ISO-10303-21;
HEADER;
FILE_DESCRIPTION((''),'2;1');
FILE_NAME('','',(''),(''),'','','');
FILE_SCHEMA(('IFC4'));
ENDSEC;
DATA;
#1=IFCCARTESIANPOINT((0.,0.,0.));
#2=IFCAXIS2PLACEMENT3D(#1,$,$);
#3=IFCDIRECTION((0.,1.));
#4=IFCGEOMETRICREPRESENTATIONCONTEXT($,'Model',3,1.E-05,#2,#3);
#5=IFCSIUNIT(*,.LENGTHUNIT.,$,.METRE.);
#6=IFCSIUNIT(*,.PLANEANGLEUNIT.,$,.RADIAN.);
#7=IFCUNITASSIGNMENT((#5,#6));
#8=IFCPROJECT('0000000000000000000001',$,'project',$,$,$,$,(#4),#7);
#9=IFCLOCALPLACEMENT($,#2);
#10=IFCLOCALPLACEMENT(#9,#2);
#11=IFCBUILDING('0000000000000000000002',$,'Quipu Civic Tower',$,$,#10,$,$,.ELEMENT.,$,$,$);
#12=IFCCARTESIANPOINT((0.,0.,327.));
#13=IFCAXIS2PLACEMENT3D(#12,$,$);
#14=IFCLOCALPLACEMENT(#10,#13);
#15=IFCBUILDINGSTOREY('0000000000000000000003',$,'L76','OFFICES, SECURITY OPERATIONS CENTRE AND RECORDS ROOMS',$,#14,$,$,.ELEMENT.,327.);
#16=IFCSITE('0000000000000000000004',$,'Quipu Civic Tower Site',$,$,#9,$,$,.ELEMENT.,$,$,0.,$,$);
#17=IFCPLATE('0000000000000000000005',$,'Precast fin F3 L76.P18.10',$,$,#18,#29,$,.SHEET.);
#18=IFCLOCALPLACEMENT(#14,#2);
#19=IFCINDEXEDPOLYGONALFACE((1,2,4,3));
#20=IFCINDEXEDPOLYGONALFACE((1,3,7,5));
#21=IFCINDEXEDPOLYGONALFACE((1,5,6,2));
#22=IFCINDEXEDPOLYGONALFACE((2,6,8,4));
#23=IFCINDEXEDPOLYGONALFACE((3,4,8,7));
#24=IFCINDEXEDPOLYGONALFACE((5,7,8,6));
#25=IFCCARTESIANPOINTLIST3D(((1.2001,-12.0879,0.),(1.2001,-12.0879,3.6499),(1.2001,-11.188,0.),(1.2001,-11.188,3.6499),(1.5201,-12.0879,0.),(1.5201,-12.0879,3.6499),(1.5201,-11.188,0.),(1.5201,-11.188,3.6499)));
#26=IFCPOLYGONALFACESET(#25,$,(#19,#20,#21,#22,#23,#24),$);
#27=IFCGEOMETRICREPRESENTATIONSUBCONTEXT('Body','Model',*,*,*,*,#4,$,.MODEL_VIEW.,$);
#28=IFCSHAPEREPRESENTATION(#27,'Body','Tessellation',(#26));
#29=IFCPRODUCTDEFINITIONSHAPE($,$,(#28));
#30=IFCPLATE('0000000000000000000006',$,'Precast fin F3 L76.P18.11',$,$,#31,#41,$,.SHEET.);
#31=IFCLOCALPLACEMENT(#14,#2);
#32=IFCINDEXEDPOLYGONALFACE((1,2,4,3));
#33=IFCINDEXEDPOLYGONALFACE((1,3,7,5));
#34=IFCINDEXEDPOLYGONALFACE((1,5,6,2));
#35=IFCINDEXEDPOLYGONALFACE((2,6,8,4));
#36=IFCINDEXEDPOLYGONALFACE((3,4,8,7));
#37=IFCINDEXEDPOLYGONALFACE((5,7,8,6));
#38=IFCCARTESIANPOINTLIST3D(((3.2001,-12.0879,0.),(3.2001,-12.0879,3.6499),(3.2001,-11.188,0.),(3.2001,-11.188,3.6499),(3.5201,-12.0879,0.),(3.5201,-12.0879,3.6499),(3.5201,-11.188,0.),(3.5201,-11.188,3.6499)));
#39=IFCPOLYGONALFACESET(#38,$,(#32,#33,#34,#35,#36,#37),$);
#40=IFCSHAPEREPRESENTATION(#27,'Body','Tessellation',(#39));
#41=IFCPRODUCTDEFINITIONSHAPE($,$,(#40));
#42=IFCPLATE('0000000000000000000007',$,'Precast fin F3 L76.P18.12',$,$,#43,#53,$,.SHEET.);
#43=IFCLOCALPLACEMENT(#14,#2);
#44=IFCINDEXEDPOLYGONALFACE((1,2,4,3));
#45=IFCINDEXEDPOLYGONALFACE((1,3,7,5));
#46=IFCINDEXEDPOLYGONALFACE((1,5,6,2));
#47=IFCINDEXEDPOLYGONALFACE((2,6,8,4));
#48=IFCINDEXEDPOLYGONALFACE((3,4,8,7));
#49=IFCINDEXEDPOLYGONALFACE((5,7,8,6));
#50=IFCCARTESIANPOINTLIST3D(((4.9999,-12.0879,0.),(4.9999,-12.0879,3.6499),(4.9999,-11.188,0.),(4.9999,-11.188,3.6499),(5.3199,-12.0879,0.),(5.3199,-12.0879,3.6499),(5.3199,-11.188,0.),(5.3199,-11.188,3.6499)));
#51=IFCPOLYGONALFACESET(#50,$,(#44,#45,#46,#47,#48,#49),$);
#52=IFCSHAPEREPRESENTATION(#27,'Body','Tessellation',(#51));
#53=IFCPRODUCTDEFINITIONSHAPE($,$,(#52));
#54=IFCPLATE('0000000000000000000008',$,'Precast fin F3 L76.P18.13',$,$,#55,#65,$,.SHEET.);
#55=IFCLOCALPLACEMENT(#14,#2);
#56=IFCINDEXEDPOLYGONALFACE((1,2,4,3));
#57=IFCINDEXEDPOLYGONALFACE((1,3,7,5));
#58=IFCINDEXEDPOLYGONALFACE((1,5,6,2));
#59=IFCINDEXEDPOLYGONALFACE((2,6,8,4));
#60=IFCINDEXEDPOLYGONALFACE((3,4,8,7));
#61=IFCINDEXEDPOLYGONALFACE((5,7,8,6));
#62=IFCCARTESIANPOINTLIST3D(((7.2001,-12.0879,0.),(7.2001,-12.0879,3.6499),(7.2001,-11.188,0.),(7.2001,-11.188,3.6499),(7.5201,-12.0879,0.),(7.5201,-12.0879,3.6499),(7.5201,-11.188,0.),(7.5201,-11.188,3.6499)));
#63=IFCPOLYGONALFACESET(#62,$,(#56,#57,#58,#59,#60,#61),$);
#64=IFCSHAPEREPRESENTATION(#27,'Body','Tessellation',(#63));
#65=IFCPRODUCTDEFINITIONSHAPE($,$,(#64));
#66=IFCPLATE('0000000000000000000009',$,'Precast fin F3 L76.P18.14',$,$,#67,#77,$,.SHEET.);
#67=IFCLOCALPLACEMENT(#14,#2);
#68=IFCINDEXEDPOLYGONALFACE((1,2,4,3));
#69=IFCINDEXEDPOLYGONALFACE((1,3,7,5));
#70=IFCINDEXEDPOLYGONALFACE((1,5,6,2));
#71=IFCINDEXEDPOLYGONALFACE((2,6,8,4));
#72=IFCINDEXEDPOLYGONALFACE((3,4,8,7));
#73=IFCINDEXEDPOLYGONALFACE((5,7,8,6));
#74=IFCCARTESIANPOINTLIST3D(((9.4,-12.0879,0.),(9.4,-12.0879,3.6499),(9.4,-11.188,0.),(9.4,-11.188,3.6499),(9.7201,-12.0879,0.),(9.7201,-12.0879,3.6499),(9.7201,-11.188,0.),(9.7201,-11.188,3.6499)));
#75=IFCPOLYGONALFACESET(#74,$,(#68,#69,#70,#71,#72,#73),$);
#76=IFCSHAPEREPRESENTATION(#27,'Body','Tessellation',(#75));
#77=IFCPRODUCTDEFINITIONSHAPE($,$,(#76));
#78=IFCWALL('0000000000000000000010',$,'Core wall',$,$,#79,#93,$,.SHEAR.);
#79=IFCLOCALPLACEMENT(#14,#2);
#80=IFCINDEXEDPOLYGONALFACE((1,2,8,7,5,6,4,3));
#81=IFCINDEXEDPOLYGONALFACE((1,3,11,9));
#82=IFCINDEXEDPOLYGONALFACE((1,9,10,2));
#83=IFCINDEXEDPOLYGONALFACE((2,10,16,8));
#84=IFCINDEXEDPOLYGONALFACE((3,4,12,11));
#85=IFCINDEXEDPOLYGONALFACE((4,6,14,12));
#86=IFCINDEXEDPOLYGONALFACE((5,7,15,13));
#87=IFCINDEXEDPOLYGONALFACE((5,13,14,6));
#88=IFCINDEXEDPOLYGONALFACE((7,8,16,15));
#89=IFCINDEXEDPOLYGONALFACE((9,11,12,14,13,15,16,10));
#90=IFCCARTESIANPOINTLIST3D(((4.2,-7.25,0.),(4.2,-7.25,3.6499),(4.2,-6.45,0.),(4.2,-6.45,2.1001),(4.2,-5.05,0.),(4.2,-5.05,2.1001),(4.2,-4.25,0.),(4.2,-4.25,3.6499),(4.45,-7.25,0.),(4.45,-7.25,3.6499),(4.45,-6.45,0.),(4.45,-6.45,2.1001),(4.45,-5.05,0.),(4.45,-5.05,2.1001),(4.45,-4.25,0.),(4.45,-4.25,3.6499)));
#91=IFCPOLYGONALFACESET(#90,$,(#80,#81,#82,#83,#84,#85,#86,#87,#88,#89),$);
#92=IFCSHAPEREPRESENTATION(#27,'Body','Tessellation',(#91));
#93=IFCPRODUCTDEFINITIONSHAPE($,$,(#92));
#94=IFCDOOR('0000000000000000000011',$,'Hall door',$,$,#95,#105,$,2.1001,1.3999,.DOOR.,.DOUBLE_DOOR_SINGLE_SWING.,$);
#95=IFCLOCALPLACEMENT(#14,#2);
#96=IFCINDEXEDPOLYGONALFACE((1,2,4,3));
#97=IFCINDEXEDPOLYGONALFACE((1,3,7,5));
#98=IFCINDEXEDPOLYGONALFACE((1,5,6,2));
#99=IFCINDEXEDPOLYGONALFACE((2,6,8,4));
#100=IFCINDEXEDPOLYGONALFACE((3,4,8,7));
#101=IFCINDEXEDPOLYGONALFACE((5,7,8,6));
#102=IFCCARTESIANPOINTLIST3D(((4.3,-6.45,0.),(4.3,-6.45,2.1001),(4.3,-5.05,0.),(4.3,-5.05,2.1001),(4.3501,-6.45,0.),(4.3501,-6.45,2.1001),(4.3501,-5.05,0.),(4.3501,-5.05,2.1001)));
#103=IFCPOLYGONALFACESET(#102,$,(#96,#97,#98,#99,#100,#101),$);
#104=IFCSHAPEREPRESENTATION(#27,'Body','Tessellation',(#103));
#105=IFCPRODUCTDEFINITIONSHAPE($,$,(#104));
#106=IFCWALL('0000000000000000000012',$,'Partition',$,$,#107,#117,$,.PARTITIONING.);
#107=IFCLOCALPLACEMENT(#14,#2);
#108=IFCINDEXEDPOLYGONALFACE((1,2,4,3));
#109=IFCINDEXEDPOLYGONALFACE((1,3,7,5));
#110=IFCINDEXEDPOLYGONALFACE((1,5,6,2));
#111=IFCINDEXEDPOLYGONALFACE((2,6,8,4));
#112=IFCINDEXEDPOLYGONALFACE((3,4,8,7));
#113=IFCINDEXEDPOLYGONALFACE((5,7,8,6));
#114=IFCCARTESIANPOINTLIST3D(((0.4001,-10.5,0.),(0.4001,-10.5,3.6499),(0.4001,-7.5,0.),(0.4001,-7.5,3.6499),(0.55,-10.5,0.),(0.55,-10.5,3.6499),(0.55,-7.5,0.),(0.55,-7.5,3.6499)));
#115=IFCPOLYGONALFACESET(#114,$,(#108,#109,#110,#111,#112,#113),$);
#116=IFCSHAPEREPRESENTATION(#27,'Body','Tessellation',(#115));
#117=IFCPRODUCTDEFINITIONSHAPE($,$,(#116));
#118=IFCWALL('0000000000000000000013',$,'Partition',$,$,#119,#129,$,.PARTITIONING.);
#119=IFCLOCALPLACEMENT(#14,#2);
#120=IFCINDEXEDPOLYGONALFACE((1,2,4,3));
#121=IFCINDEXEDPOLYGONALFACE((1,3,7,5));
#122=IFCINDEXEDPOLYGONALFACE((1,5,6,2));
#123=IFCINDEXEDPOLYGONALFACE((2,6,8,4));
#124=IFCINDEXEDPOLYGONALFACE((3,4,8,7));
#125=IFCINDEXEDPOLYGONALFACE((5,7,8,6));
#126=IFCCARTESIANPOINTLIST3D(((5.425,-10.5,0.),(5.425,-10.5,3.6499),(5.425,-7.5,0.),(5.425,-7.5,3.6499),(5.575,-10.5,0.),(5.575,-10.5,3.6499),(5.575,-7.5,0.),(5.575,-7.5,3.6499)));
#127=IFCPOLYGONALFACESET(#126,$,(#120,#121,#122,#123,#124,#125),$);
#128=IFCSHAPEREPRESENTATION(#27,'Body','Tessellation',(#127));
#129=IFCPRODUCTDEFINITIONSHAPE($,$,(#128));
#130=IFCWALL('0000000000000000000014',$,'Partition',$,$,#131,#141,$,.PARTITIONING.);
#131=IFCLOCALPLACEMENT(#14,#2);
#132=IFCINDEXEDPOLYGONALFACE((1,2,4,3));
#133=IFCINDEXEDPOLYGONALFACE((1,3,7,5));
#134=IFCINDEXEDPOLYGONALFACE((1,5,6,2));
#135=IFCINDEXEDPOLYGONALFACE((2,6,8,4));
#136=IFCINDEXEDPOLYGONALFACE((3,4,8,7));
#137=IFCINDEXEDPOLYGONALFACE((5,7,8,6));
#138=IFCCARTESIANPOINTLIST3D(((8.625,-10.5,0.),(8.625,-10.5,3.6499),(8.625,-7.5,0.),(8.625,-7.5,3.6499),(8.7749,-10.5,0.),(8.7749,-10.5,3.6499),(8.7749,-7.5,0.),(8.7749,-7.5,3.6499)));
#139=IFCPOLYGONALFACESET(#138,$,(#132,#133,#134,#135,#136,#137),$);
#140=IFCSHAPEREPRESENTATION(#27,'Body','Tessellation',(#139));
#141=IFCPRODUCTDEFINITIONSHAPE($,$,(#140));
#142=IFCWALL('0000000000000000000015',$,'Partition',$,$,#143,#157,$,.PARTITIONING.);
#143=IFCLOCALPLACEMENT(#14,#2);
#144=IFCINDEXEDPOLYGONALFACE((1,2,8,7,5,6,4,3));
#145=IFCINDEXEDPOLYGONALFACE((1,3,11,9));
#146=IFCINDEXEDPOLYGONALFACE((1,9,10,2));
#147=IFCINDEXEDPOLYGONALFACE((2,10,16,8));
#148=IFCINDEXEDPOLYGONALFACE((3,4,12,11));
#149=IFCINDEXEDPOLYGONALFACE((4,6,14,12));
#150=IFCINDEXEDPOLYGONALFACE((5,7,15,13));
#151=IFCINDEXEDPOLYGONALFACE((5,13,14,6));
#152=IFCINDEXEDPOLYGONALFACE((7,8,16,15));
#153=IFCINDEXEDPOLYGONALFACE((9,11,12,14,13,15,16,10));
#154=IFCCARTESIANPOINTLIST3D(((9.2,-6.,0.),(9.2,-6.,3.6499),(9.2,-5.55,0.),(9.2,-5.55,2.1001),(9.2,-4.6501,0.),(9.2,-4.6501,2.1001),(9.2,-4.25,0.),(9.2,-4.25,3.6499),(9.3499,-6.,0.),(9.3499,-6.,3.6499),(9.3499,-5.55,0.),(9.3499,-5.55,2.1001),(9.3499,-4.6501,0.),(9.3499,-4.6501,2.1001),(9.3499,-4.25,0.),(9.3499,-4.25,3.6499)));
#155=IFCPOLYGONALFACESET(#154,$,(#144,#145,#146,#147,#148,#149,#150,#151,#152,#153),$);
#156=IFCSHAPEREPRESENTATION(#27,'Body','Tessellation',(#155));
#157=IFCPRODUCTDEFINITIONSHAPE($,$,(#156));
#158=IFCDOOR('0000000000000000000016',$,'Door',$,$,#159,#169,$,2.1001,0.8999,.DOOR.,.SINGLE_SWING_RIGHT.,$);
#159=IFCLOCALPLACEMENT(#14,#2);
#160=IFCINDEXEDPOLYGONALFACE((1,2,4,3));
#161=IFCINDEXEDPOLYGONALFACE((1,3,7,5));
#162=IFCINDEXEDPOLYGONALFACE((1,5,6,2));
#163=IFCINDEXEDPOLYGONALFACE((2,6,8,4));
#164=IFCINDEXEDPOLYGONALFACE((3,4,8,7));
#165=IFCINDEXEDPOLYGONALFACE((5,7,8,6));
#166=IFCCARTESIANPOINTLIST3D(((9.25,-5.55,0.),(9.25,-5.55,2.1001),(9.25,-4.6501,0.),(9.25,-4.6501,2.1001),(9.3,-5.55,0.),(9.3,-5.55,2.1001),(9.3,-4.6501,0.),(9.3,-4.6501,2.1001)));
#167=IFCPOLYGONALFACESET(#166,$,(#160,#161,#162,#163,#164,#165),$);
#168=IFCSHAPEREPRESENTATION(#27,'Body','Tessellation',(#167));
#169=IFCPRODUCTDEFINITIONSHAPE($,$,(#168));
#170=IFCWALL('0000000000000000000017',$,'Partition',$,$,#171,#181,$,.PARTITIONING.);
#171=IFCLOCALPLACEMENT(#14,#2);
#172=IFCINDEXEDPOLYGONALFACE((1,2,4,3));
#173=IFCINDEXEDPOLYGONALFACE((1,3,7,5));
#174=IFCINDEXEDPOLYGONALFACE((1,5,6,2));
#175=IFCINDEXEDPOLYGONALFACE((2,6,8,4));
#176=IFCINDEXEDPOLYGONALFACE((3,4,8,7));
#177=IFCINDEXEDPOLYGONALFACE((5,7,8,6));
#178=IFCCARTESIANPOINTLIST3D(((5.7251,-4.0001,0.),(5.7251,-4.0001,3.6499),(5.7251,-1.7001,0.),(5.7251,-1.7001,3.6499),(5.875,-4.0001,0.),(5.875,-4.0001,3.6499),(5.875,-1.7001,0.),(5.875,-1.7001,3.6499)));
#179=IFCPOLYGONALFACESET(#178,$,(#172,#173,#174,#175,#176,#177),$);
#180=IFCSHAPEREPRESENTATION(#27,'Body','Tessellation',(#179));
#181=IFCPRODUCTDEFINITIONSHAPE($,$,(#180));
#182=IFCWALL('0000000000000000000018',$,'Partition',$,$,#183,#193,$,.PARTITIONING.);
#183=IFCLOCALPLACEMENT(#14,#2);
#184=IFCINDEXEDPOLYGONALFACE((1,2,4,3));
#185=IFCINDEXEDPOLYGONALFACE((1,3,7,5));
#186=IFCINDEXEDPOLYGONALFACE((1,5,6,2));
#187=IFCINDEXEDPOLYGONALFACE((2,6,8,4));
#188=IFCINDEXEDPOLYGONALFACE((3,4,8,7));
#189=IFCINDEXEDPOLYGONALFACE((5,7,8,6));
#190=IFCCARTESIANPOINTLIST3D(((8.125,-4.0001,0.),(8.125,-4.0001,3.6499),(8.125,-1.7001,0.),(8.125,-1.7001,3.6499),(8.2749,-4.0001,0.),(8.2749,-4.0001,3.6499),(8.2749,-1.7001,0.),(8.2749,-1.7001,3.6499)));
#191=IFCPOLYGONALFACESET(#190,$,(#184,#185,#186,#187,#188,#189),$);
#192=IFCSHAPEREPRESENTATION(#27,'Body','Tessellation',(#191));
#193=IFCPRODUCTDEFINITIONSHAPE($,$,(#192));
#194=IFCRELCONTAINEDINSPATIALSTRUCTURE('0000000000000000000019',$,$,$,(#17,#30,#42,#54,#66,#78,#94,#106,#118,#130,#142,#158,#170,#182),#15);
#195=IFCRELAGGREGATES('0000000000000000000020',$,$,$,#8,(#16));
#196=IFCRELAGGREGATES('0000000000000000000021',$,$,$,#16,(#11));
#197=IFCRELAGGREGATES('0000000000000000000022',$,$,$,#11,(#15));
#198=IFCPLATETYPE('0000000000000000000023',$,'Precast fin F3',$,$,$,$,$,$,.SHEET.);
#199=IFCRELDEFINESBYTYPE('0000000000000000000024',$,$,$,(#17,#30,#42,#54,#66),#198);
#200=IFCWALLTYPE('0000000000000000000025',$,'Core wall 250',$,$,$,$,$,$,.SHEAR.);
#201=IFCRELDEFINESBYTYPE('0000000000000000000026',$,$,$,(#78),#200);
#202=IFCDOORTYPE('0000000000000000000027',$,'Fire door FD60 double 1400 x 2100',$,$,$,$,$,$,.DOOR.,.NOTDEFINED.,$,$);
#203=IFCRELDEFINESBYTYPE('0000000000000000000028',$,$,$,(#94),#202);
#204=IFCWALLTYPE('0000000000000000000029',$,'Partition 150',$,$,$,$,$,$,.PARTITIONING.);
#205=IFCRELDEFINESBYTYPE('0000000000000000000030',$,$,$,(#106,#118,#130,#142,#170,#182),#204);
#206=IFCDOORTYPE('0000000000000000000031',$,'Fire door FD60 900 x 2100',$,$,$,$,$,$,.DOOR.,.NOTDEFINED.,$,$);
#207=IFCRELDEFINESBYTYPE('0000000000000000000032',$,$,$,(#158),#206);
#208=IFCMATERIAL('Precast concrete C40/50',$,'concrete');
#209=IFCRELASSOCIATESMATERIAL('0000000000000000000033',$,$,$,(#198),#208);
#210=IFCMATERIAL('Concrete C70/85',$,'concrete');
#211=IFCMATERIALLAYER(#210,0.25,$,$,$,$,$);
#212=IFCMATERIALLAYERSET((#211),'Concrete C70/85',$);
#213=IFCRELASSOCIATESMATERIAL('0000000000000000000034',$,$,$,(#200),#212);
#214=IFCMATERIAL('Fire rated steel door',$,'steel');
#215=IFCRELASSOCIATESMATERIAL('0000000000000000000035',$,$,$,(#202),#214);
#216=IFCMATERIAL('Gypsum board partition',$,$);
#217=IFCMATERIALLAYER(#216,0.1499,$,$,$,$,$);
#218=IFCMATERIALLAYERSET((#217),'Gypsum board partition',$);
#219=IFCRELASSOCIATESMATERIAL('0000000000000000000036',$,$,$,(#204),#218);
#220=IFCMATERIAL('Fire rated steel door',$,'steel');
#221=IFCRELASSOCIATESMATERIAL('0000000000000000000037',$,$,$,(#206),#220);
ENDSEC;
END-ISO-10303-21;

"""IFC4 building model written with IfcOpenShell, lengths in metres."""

from ifc_helpers import new_model, si_unit, direction, frame, frame_2d, origin, origin_2d, place, context, subcontext, project, spatial, rectangle, extrude, material, layer, layer_set, type_object, element, fill, save


model = new_model("IFC4")

# Units and contexts
model_context = context("Model", 3, precision=1e-05, world=origin(), true_north=direction((0.0, 1.0)))
body_context = subcontext(model_context, "Body", "Model", "MODEL_VIEW")
ifc_project = project(units=[si_unit("LENGTHUNIT", "METRE"), si_unit("PLANEANGLEUNIT", "RADIAN")], contexts=[model_context])

# Site, building, storey
site_placement = place(None, origin())
site = spatial("IfcSite", under=ifc_project, at=site_placement, Name="Quipu Civic Tower Site", CompositionType="ELEMENT", RefElevation=0.0)
building_placement = place(site_placement, origin())
building = spatial("IfcBuilding", under=site, at=building_placement, Name="Quipu Civic Tower", CompositionType="ELEMENT")
storey_placement = place(building_placement, frame((0.0, 0.0, 327.0)))
storey = spatial("IfcBuildingStorey", under=building, at=storey_placement, Name="L76", Description="OFFICES, SECURITY OPERATIONS CENTRE AND RECORDS ROOMS", CompositionType="ELEMENT", Elevation=327.0)

# Plates
ifc_material_1 = material(Name="Precast concrete C40/50", Category="concrete")
plate_type = type_object("IfcPlateType", Name="Precast fin F3", PredefinedType="SHEET", material=ifc_material_1)
for number, where, z_axis, x_axis, name in (
    (1, (1.3601, -11.6379, 0.0), (0.0, 0.0, 1.0), (1.0, 0.0, 0.0), "Precast fin F3 L76.P18.10"),
    (2, (3.3601, -11.6379, 0.0), (0.0, 0.0, 1.0), (1.0, 0.0, 0.0), "Precast fin F3 L76.P18.11"),
    (3, (5.1599, -11.6379, 0.0), (0.0, 0.0, 1.0), (1.0, 0.0, 0.0), "Precast fin F3 L76.P18.12"),
    (4, (7.3601, -11.6379, 0.0), (0.0, 0.0, 1.0), (1.0, 0.0, 0.0), "Precast fin F3 L76.P18.13"),
    (5, (9.5601, -11.6379, 0.0), (0.0, 0.0, 1.0), (1.0, 0.0, 0.0), "Precast fin F3 L76.P18.14"),
):
    element("IfcPlate", number, at=place(storey_placement, frame(where, z_axis=z_axis, x_axis=x_axis)), inside=storey, type_object=plate_type, Name=name, PredefinedType="SHEET", context=body_context, shape_type="SweptSolid", body=[
        extrude(rectangle(XDim=0.3201, YDim=0.8999, at=origin_2d()), origin(), (0.0, 0.0, 1.0), 3.6499),
    ])

# Wall, opening, door
ifc_material_2 = material(Name="Concrete C70/85", Category="concrete")
ifc_layer_1 = layer(ifc_material_2, 0.25)
ifc_layer_set_1 = layer_set([ifc_layer_1], Name="Concrete C70/85")
wall_type_1 = type_object("IfcWallType", Name="Core wall 250", PredefinedType="SHEAR", material=ifc_layer_set_1)
wall_1_placement = place(storey_placement, frame((4.325, -7.25, 0.0), z_axis=(0.0, 0.0, 1.0), x_axis=(0.0, 1.0, 0.0)))
wall_1 = element("IfcWall", 6, at=wall_1_placement, inside=storey, type_object=wall_type_1, Name="Core wall", PredefinedType="SHEAR", context=body_context, shape_type="SweptSolid", body=[
    extrude(rectangle(XDim=3.0, YDim=0.25, at=frame_2d((1.5, 0.0))), origin(), (0.0, 0.0, 1.0), 3.6499),
])
opening_1_placement = place(wall_1_placement, frame((0.8, 0.0, 0.0)))
opening_1 = element("IfcOpeningElement", 7, at=opening_1_placement, cuts=wall_1, PredefinedType="OPENING", context=body_context, shape_type="SweptSolid", body=[
    extrude(rectangle(XDim=1.3999, YDim=2.1001, at=frame_2d((0.7, 1.05))), frame((0.0, 0.135, 0.0), z_axis=(0.0, -1.0, 0.0), x_axis=(1.0, 0.0, 0.0)), (0.0, 0.0, 1.0), 0.27),
])
ifc_material_3 = material(Name="Fire rated steel door", Category="steel")
door_type_1 = type_object("IfcDoorType", Name="Fire door FD60 double 1400 x 2100", OperationType="NOTDEFINED", PredefinedType="DOOR", material=ifc_material_3)
door_1_placement = place(opening_1_placement, origin())
door_1 = element("IfcDoor", 8, at=door_1_placement, inside=storey, type_object=door_type_1, Name="Hall door", OperationType="DOUBLE_DOOR_SINGLE_SWING", OverallHeight=2.1001, OverallWidth=1.3999, PredefinedType="DOOR", context=body_context, shape_type="SweptSolid", body=[
    extrude(rectangle(XDim=1.3999, YDim=2.1001, at=frame_2d((0.7, 1.05))), frame((0.0, 0.0249, 0.0), z_axis=(0.0, -1.0, 0.0), x_axis=(1.0, 0.0, 0.0)), (0.0, 0.0, 1.0), 0.05),
])
fill(opening_1, door_1)

# Walls
ifc_material_4 = material(Name="Gypsum board partition")
ifc_layer_2 = layer(ifc_material_4, 0.1499)
ifc_layer_set_2 = layer_set([ifc_layer_2], Name="Gypsum board partition")
wall_type_2 = type_object("IfcWallType", Name="Partition 150", PredefinedType="PARTITIONING", material=ifc_layer_set_2)
for number, where, z_axis, x_axis, name in (
    (9, (0.4751, -10.5, 0.0), (0.0, 0.0, 1.0), (0.0, 1.0, 0.0), "Partition"),
    (10, (5.5, -10.5, 0.0), (0.0, 0.0, 1.0), (0.0, 1.0, 0.0), "Partition"),
    (11, (8.7, -10.5, 0.0), (0.0, 0.0, 1.0), (0.0, 1.0, 0.0), "Partition"),
):
    element("IfcWall", number, at=place(storey_placement, frame(where, z_axis=z_axis, x_axis=x_axis)), inside=storey, type_object=wall_type_2, Name=name, PredefinedType="PARTITIONING", context=body_context, shape_type="SweptSolid", body=[
        extrude(rectangle(XDim=3.0, YDim=0.1499, at=frame_2d((1.5, 0.0))), origin(), (0.0, 0.0, 1.0), 3.6499),
    ])

# Wall, opening, door
wall_2_placement = place(storey_placement, frame((9.2749, -6.0, 0.0), z_axis=(0.0, 0.0, 1.0), x_axis=(0.0, 1.0, 0.0)))
wall_2 = element("IfcWall", 12, at=wall_2_placement, inside=storey, type_object=wall_type_2, Name="Partition", PredefinedType="PARTITIONING", context=body_context, shape_type="SweptSolid", body=[
    extrude(rectangle(XDim=1.75, YDim=0.1499, at=frame_2d((0.875, 0.0))), origin(), (0.0, 0.0, 1.0), 3.6499),
])
opening_2_placement = place(wall_2_placement, frame((0.45, 0.0, 0.0)))
opening_2 = element("IfcOpeningElement", 13, at=opening_2_placement, cuts=wall_2, PredefinedType="OPENING", context=body_context, shape_type="SweptSolid", body=[
    extrude(rectangle(XDim=0.8999, YDim=2.1001, at=frame_2d((0.45, 1.05))), frame((0.0, 0.085, 0.0), z_axis=(0.0, -1.0, 0.0), x_axis=(1.0, 0.0, 0.0)), (0.0, 0.0, 1.0), 0.1699),
])
ifc_material_5 = material(Name="Fire rated steel door", Category="steel")
door_type_2 = type_object("IfcDoorType", Name="Fire door FD60 900 x 2100", OperationType="NOTDEFINED", PredefinedType="DOOR", material=ifc_material_5)
door_2_placement = place(opening_2_placement, origin())
door_2 = element("IfcDoor", 14, at=door_2_placement, inside=storey, type_object=door_type_2, Name="Door", OperationType="SINGLE_SWING_RIGHT", OverallHeight=2.1001, OverallWidth=0.8999, PredefinedType="DOOR", context=body_context, shape_type="SweptSolid", body=[
    extrude(rectangle(XDim=0.8999, YDim=2.1001, at=frame_2d((0.45, 1.05))), frame((0.0, 0.0249, 0.0), z_axis=(0.0, -1.0, 0.0), x_axis=(1.0, 0.0, 0.0)), (0.0, 0.0, 1.0), 0.05),
])
fill(opening_2, door_2)

# Walls
for number, where, z_axis, x_axis, name in (
    (15, (5.8, -4.0, 0.0), (0.0, 0.0, 1.0), (0.0, 1.0, 0.0), "Partition"),
    (16, (8.2, -4.0, 0.0), (0.0, 0.0, 1.0), (0.0, 1.0, 0.0), "Partition"),
):
    element("IfcWall", number, at=place(storey_placement, frame(where, z_axis=z_axis, x_axis=x_axis)), inside=storey, type_object=wall_type_2, Name=name, PredefinedType="PARTITIONING", context=body_context, shape_type="SweptSolid", body=[
        extrude(rectangle(XDim=2.3, YDim=0.1499, at=frame_2d((1.1499, 0.0))), origin(), (0.0, 0.0, 1.0), 3.6499),
    ])

save(model, "model.ifc")
